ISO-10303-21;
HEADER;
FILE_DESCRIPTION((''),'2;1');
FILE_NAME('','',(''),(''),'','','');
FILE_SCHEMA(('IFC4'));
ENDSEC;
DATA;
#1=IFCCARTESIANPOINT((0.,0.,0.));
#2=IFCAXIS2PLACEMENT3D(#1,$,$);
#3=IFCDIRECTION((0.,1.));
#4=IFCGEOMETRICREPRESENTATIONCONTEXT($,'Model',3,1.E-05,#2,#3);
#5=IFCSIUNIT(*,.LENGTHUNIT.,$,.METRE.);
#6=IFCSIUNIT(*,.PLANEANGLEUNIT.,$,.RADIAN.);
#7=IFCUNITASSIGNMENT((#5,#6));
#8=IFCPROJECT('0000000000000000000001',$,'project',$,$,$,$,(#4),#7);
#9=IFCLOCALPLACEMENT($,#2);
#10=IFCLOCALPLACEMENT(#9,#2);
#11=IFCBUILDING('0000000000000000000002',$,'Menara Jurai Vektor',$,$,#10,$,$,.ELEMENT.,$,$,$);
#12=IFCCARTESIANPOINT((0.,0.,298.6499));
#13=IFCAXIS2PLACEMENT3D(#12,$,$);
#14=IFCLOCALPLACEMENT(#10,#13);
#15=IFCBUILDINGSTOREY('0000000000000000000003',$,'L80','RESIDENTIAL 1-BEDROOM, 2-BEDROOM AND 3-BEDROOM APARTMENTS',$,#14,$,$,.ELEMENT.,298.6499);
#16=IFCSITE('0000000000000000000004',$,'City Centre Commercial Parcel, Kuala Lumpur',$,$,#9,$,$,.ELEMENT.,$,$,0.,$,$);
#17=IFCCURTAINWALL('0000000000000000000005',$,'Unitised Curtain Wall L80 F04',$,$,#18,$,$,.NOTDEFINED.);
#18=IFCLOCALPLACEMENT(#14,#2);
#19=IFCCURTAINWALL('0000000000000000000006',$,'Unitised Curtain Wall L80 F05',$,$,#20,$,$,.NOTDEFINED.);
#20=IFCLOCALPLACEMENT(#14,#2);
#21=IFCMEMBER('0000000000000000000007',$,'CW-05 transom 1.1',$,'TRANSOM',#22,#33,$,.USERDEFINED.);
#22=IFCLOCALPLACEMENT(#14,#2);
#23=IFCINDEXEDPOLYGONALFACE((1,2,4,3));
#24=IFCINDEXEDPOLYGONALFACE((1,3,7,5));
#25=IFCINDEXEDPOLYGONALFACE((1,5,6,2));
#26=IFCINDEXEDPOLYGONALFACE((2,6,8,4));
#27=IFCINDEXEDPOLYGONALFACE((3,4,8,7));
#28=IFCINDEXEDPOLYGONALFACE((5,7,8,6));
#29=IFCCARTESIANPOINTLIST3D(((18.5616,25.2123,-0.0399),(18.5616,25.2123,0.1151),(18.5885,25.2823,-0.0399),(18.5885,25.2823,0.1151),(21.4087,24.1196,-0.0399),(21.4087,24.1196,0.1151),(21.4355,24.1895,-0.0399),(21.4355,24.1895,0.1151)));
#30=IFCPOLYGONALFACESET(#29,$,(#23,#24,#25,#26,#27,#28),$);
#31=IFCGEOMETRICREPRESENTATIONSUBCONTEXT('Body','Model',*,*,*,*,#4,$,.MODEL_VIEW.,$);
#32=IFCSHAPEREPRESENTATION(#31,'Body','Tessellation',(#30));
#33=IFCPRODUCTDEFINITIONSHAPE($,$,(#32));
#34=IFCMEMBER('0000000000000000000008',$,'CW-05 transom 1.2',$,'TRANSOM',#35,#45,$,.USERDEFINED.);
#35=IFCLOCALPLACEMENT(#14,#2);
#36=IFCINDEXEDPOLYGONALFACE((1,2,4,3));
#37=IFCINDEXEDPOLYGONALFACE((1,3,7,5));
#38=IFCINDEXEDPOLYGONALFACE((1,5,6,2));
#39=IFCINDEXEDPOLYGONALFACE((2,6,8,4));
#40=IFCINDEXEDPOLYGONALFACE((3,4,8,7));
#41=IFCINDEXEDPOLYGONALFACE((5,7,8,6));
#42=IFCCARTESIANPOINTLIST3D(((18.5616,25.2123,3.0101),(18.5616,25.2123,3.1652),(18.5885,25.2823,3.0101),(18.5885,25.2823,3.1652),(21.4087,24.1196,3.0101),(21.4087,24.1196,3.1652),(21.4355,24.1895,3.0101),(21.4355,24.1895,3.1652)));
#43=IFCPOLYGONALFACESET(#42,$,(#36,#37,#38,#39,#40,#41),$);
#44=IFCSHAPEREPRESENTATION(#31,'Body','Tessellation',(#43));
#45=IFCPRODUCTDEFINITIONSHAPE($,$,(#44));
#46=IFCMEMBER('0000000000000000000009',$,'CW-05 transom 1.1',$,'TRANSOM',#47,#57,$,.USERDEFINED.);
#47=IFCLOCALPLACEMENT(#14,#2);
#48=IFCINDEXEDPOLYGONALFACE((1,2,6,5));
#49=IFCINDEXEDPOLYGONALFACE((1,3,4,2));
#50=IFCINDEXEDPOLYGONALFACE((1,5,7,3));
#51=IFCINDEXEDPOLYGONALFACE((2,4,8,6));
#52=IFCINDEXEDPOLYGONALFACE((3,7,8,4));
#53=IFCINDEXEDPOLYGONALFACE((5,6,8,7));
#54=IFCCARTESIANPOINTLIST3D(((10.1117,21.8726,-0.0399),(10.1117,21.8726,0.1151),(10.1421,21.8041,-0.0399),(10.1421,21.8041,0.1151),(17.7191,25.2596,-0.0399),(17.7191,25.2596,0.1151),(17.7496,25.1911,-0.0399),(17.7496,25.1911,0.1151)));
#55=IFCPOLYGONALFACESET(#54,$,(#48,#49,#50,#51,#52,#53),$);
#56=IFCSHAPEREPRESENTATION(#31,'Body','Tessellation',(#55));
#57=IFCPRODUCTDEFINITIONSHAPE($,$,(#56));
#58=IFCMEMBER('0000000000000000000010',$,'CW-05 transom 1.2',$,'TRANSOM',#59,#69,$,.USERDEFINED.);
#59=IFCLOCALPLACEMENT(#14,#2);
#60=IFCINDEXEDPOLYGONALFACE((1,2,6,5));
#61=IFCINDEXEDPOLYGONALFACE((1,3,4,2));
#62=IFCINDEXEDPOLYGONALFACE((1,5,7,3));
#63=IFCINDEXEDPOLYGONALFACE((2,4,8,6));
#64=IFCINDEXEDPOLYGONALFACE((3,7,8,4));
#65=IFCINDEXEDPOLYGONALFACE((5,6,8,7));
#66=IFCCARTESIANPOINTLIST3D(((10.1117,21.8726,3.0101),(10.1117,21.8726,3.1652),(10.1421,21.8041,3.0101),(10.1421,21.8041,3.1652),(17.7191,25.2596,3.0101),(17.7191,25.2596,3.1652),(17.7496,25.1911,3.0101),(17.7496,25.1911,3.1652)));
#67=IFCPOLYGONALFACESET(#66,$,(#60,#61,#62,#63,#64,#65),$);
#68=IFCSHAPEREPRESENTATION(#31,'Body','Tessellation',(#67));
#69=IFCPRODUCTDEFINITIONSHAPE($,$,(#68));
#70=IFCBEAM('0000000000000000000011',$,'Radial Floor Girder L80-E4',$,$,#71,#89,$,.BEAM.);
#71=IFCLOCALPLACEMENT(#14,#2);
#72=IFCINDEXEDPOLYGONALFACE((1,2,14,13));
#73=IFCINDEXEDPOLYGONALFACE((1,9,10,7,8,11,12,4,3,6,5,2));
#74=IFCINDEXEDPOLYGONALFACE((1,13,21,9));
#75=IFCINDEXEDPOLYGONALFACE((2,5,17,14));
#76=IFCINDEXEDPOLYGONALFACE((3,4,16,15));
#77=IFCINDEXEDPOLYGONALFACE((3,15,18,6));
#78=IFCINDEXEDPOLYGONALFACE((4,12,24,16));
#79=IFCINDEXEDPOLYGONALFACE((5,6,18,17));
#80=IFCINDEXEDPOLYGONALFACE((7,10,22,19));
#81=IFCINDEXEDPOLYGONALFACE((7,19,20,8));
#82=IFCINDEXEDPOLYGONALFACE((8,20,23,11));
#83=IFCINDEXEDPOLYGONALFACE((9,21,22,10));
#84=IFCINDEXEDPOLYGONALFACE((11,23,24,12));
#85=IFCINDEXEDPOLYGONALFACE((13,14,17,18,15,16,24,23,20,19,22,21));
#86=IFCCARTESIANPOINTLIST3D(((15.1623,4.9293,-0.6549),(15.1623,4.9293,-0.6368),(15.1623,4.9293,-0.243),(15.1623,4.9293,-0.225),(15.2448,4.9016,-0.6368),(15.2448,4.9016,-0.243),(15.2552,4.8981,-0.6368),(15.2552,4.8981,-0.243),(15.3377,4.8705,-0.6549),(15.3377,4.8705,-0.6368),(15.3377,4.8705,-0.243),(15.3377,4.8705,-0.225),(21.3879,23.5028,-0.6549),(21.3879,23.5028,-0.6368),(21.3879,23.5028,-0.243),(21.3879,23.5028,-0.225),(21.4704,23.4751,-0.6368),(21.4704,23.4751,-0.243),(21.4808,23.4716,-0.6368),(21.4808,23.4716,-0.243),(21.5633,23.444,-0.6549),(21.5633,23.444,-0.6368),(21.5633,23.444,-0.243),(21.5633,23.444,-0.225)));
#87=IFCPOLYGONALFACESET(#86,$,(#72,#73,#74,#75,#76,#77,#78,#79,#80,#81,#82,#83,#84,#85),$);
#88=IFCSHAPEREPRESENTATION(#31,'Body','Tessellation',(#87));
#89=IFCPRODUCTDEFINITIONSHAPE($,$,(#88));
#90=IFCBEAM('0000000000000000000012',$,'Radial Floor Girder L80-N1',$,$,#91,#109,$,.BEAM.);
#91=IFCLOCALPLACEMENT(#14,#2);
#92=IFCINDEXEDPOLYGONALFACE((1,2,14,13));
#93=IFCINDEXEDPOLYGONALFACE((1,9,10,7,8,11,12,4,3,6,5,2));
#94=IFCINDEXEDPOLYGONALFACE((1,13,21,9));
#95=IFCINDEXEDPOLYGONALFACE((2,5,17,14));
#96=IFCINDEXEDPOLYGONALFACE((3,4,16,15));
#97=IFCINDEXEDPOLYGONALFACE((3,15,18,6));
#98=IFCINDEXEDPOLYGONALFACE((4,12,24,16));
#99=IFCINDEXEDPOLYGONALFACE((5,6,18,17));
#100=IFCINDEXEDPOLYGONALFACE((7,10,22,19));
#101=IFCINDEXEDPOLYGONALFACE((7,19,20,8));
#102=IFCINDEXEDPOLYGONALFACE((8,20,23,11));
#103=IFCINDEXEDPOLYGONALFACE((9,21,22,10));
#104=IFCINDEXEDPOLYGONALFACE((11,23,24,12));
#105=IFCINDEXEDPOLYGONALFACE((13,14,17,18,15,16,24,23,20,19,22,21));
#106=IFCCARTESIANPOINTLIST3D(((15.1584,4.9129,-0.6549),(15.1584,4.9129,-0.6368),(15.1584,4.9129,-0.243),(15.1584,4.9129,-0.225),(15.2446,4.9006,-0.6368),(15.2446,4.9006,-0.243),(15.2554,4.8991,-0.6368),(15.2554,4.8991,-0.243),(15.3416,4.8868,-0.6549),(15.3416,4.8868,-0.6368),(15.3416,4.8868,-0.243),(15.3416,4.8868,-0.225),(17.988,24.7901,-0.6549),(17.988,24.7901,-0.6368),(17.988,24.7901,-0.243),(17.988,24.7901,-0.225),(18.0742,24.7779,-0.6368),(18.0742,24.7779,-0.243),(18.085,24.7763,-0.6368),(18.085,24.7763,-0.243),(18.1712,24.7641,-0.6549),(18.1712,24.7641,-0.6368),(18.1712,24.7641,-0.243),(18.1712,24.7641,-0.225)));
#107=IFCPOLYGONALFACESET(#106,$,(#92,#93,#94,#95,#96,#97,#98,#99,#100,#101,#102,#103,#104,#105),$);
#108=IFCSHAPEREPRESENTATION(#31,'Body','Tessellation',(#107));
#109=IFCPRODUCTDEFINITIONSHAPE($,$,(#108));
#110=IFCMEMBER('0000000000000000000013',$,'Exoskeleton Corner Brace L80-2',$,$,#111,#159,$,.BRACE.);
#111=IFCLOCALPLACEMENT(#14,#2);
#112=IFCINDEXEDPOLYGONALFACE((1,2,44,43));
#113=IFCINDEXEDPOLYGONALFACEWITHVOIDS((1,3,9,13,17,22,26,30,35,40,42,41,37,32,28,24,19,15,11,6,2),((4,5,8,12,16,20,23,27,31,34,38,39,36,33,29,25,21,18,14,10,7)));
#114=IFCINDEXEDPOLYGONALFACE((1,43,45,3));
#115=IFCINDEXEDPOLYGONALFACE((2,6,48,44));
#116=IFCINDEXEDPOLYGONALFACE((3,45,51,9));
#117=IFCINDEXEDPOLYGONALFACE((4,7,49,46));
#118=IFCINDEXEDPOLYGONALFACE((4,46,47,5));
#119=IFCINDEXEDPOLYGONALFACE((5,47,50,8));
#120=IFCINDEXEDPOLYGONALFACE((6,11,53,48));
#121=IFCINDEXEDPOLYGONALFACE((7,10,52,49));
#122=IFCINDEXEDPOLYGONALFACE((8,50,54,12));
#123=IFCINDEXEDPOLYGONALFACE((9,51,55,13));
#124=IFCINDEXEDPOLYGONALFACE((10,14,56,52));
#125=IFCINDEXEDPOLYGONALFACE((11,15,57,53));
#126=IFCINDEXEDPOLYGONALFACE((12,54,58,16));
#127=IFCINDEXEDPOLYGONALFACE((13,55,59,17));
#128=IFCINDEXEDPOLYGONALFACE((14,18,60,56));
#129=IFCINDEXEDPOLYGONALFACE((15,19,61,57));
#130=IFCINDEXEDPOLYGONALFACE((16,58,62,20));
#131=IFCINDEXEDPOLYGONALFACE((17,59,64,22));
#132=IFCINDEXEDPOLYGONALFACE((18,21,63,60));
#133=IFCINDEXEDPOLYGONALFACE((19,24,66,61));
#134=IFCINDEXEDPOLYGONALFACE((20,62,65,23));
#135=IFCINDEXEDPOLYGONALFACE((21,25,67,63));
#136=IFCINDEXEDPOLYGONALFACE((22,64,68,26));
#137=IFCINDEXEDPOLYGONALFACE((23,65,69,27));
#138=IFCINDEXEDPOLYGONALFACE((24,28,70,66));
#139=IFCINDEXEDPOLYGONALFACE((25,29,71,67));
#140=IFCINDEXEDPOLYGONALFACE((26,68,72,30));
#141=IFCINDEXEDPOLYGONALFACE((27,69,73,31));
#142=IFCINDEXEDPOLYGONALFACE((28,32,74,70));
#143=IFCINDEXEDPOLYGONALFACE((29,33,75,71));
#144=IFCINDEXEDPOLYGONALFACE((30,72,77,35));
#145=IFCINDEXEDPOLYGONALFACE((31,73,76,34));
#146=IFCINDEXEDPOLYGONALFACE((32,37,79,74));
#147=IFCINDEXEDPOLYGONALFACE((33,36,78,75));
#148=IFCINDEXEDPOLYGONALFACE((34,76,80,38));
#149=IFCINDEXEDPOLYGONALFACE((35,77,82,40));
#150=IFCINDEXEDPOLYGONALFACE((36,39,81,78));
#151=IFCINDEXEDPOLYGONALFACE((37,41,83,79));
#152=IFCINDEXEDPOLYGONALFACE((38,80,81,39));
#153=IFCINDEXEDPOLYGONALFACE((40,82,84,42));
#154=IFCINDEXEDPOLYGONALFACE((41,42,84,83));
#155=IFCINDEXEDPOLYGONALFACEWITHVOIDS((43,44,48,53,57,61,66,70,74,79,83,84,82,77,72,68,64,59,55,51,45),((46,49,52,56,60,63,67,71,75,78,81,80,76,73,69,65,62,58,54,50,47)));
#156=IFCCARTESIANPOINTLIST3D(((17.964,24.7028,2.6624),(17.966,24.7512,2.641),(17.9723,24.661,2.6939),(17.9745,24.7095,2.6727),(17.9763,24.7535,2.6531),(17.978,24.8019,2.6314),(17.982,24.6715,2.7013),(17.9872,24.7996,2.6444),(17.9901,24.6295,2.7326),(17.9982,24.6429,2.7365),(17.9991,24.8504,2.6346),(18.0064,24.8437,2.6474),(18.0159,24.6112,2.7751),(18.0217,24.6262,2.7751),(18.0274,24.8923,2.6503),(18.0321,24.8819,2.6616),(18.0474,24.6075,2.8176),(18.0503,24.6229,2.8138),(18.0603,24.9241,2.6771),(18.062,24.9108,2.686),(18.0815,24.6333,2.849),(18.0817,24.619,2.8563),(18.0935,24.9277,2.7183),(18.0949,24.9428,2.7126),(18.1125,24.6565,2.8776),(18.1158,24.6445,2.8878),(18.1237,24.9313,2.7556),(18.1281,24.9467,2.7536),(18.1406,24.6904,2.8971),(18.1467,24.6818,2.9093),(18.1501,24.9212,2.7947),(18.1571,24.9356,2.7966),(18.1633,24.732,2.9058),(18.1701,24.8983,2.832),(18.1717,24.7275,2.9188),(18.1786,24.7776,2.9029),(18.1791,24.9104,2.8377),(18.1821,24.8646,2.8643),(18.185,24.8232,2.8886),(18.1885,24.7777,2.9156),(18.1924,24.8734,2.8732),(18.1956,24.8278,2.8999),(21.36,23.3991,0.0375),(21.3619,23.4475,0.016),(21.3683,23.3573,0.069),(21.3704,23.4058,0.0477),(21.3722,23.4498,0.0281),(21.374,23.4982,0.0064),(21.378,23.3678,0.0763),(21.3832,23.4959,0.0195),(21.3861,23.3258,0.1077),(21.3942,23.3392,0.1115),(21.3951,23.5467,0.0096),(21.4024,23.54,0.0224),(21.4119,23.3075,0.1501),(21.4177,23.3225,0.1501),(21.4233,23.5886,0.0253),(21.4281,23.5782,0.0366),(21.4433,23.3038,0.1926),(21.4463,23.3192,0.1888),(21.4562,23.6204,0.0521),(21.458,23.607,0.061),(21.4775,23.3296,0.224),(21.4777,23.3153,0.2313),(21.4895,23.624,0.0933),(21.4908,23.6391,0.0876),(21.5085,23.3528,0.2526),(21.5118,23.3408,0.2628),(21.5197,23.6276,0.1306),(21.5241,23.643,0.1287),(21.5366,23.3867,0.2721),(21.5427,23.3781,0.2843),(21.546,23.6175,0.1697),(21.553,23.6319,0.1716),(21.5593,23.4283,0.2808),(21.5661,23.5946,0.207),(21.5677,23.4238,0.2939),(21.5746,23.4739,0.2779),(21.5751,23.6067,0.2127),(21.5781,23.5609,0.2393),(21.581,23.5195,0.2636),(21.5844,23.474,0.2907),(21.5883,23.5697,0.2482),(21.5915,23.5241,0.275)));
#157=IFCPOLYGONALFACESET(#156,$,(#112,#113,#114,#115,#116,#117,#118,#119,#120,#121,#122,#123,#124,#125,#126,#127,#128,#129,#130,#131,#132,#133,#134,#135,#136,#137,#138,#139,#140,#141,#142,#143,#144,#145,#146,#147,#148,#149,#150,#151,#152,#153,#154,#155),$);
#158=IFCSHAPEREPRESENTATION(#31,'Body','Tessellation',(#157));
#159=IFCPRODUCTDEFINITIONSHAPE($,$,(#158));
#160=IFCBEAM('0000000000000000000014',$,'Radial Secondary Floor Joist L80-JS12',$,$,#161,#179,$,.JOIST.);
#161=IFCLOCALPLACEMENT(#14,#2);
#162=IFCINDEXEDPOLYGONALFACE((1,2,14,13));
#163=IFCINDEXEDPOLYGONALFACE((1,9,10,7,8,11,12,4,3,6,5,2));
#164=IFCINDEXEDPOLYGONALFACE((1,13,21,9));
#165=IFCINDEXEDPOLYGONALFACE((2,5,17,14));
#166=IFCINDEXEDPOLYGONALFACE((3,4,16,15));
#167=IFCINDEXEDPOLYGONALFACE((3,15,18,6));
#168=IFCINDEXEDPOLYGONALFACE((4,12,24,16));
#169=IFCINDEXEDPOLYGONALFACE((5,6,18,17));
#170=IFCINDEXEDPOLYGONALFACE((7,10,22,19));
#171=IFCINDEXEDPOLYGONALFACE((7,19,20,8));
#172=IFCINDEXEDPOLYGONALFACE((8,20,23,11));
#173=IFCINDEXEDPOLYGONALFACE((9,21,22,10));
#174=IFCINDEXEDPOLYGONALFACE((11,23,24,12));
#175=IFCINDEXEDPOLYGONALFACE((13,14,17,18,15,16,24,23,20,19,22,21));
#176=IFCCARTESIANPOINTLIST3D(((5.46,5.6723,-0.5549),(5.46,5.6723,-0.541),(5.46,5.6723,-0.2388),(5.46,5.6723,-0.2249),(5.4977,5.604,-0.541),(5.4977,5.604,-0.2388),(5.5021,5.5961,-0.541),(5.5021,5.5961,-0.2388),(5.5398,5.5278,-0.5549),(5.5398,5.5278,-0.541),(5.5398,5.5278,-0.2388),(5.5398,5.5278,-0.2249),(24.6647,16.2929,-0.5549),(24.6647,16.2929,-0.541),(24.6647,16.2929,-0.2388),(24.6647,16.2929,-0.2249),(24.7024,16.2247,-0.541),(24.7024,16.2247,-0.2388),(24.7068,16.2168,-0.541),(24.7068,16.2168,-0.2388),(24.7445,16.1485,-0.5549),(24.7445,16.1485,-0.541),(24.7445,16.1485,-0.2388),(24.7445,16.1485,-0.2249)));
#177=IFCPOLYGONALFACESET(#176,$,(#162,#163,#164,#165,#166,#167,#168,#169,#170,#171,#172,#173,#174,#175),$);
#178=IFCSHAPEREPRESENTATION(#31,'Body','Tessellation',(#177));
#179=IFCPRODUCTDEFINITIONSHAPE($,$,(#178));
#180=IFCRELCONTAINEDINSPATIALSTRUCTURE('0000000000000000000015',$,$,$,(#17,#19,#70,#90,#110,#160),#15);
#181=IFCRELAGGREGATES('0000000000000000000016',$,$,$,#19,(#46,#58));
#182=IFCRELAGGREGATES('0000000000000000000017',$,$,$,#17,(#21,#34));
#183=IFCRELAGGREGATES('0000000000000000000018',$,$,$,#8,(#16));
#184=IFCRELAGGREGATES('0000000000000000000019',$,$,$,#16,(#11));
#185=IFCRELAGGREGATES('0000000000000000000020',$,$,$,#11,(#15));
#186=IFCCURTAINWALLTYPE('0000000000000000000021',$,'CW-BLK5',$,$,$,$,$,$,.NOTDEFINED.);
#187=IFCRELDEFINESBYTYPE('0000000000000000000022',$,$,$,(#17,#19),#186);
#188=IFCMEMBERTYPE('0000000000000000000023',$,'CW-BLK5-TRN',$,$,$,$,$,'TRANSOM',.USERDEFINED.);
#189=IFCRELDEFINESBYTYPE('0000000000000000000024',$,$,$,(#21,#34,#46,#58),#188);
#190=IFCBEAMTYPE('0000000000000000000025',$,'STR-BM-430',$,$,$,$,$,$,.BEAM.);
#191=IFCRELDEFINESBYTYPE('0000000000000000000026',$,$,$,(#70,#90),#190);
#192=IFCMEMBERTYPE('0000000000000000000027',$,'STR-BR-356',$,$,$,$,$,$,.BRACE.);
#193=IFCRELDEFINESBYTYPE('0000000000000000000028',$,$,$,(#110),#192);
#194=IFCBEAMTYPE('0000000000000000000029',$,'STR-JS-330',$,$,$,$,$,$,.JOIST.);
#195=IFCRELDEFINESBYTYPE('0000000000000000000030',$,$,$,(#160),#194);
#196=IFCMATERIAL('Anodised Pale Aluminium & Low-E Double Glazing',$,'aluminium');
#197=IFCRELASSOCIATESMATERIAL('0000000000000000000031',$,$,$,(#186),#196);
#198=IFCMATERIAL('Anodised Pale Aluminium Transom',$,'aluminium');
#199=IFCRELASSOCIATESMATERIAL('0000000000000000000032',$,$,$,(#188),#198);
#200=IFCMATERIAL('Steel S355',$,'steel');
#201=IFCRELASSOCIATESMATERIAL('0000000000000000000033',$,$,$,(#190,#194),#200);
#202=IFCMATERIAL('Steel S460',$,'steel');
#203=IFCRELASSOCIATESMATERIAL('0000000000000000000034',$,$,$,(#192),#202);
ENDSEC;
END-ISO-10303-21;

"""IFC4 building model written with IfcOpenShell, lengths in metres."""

from ifc_helpers import new_model, si_unit, direction, frame, origin, origin_2d, place, context, subcontext, project, spatial, rectangle, hollow_circle, i_section, extrude, material, material_profile, profile_set, type_object, element, aggregate, save


model = new_model("IFC4")

# Units and contexts
model_context = context("Model", 3, precision=1e-05, world=origin(), true_north=direction((0.0, 1.0)))
body_context = subcontext(model_context, "Body", "Model", "MODEL_VIEW")
ifc_project = project(units=[si_unit("LENGTHUNIT", "METRE"), si_unit("PLANEANGLEUNIT", "RADIAN")], contexts=[model_context])

# Site, building, storey
site_placement = place(None, origin())
site = spatial("IfcSite", under=ifc_project, at=site_placement, Name="City Centre Commercial Parcel, Kuala Lumpur", CompositionType="ELEMENT", RefElevation=0.0)
building_placement = place(site_placement, origin())
building = spatial("IfcBuilding", under=site, at=building_placement, Name="Menara Jurai Vektor", CompositionType="ELEMENT")
storey_placement = place(building_placement, frame((0.0, 0.0, 298.6499)))
storey = spatial("IfcBuildingStorey", under=building, at=storey_placement, Name="L80", Description="RESIDENTIAL 1-BEDROOM, 2-BEDROOM AND 3-BEDROOM APARTMENTS", CompositionType="ELEMENT", Elevation=298.6499)

# Shared definitions
ifc_material_1 = material(Name="Steel S460", Category="steel")

# Curtain wall
ifc_material_2 = material(Name="Anodised Pale Aluminium & Low-E Double Glazing", Category="aluminium")
curtain_wall_type = type_object("IfcCurtainWallType", Name="CW-BLK5", PredefinedType="NOTDEFINED", material=ifc_material_2)
curtain_wall_1_placement = place(storey_placement, origin())
curtain_wall_1 = element("IfcCurtainWall", 1, at=curtain_wall_1_placement, inside=storey, type_object=curtain_wall_type, Name="Unitised Curtain Wall L80 F04", PredefinedType="NOTDEFINED")

# Curtain wall
curtain_wall_2_placement = place(storey_placement, origin())
curtain_wall_2 = element("IfcCurtainWall", 2, at=curtain_wall_2_placement, inside=storey, type_object=curtain_wall_type, Name="Unitised Curtain Wall L80 F05", PredefinedType="NOTDEFINED")

# Members
ifc_material_3 = material(Name="Anodised Pale Aluminium Transom", Category="aluminium")
ifc_material_profile_1 = material_profile(ifc_material_3, rectangle(XDim=0.075, YDim=0.155, at=origin_2d()), Name="ALU TRN 75x155")
ifc_profile_set_1 = profile_set([ifc_material_profile_1], Name="Anodised Pale Aluminium Transom")
member_type_1 = type_object("IfcMemberType", Name="CW-BLK5-TRN", ElementType="TRANSOM", PredefinedType="USERDEFINED", material=ifc_profile_set_1)
member_1_placement = place(storey_placement, frame((21.4221, 24.1545, 0.0376), z_axis=(-0.933597, 0.358325, 0.0), x_axis=(-0.358325, -0.933597, 0.0)))
member_1 = element("IfcMember", 3, at=member_1_placement, type_object=member_type_1, Name="CW-05 transom 1.1", ObjectType="TRANSOM", PredefinedType="USERDEFINED", context=body_context, shape_type="SweptSolid", body=[
    extrude(rectangle(XDim=0.075, YDim=0.155, at=origin_2d()), origin(), (0.0, 0.0, 1.0), 3.0496),
])
member_2_placement = place(storey_placement, frame((21.4221, 24.1545, 3.0876), z_axis=(-0.933597, 0.358325, 0.0), x_axis=(-0.358325, -0.933597, 0.0)))
member_2 = element("IfcMember", 4, at=member_2_placement, type_object=member_type_1, Name="CW-05 transom 1.2", ObjectType="TRANSOM", PredefinedType="USERDEFINED", context=body_context, shape_type="SweptSolid", body=[
    extrude(rectangle(XDim=0.075, YDim=0.155, at=origin_2d()), origin(), (0.0, 0.0, 1.0), 3.0496),
])
member_3_placement = place(storey_placement, frame((17.7344, 25.2253, 0.0376), z_axis=(-0.913549, -0.406729, 0.0), x_axis=(0.406729, -0.913549, 0.0)))
member_3 = element("IfcMember", 5, at=member_3_placement, type_object=member_type_1, Name="CW-05 transom 1.1", ObjectType="TRANSOM", PredefinedType="USERDEFINED", context=body_context, shape_type="SweptSolid", body=[
    extrude(rectangle(XDim=0.075, YDim=0.155, at=origin_2d()), origin(), (0.0, 0.0, 1.0), 8.3274),
])
member_4_placement = place(storey_placement, frame((17.7344, 25.2253, 3.0876), z_axis=(-0.913549, -0.406729, 0.0), x_axis=(0.406729, -0.913549, 0.0)))
member_4 = element("IfcMember", 6, at=member_4_placement, type_object=member_type_1, Name="CW-05 transom 1.2", ObjectType="TRANSOM", PredefinedType="USERDEFINED", context=body_context, shape_type="SweptSolid", body=[
    extrude(rectangle(XDim=0.075, YDim=0.155, at=origin_2d()), origin(), (0.0, 0.0, 1.0), 8.3274),
])
aggregate(curtain_wall_2, [member_3, member_4])

# Beams
ifc_material_4 = material(Name="Steel S355", Category="steel")
ifc_material_profile_2 = material_profile(ifc_material_4, i_section(OverallWidth=0.1851, OverallDepth=0.4299, WebThickness=0.011, FlangeThickness=0.0181, at=origin_2d()), Name="PG 430x185x76")
ifc_profile_set_2 = profile_set([ifc_material_profile_2], Name="Steel S355")
beam_type_1 = type_object("IfcBeamType", Name="STR-BM-430", PredefinedType="BEAM", material=ifc_profile_set_2)
beam_1_placement = place(storey_placement, frame((21.4756, 23.4734, -0.4399), z_axis=(-0.317809, -0.948155, 0.0), x_axis=(0.948155, -0.317809, 0.0)))
element("IfcBeam", 7, at=beam_1_placement, inside=storey, type_object=beam_type_1, Name="Radial Floor Girder L80-E4", PredefinedType="BEAM", context=body_context, shape_type="SweptSolid", body=[
    extrude(i_section(OverallWidth=0.1851, OverallDepth=0.4299, WebThickness=0.011, FlangeThickness=0.0181, at=origin_2d()), origin(), (0.0, 0.0, 1.0), 19.5891),
])
beam_2_placement = place(storey_placement, frame((18.0796, 24.7771, -0.4399), z_axis=(-0.140933, -0.990019, 0.0), x_axis=(0.990019, -0.140933, 0.0)))
element("IfcBeam", 8, at=beam_2_placement, inside=storey, type_object=beam_type_1, Name="Radial Floor Girder L80-N1", PredefinedType="BEAM", context=body_context, shape_type="SweptSolid", body=[
    extrude(i_section(OverallWidth=0.1851, OverallDepth=0.4299, WebThickness=0.011, FlangeThickness=0.0181, at=origin_2d()), origin(), (0.0, 0.0, 1.0), 20.0776),
])

# Member
ifc_material_profile_3 = material_profile(ifc_material_1, hollow_circle(Radius=0.1777, WallThickness=0.0161, at=origin_2d()), Name="CHS 355.6x16")
ifc_profile_set_3 = profile_set([ifc_material_profile_3], Name="Steel S460")
member_type_2 = type_object("IfcMemberType", Name="STR-BR-356", PredefinedType="BRACE", material=ifc_profile_set_3)
member_5_placement = place(storey_placement, frame((21.4756, 23.4734, 0.1501), z_axis=(-0.757042, 0.290626, 0.58517), x_axis=(-0.358394, -0.93357, 0.0)))
element("IfcMember", 9, at=member_5_placement, inside=storey, type_object=member_type_2, Name="Exoskeleton Corner Brace L80-2", PredefinedType="BRACE", context=body_context, shape_type="SweptSolid", body=[
    extrude(hollow_circle(Radius=0.1777, WallThickness=0.0161, at=origin_2d()), origin(), (0.0, 0.0, 1.0), 4.4858),
])

# Beam
ifc_material_profile_4 = material_profile(ifc_material_4, i_section(OverallWidth=0.165, OverallDepth=0.3301, WebThickness=0.009, FlangeThickness=0.0139, at=origin_2d()), Name="PG 330x165x46")
ifc_profile_set_4 = profile_set([ifc_material_profile_4], Name="Steel S355")
beam_type_2 = type_object("IfcBeamType", Name="STR-JS-330", PredefinedType="JOIST", material=ifc_profile_set_4)
beam_3_placement = place(storey_placement, frame((24.7046, 16.2207, -0.3899), z_axis=(-0.875096, -0.483949, 0.0), x_axis=(0.483949, -0.875096, 0.0)))
element("IfcBeam", 10, at=beam_3_placement, inside=storey, type_object=beam_type_2, Name="Radial Secondary Floor Joist L80-JS12", PredefinedType="JOIST", context=body_context, shape_type="SweptSolid", body=[
    extrude(i_section(OverallWidth=0.165, OverallDepth=0.3301, WebThickness=0.009, FlangeThickness=0.0139, at=origin_2d()), origin(), (0.0, 0.0, 1.0), 21.9458),
])

aggregate(curtain_wall_1, [member_1, member_2])

save(model, "model.ifc")
